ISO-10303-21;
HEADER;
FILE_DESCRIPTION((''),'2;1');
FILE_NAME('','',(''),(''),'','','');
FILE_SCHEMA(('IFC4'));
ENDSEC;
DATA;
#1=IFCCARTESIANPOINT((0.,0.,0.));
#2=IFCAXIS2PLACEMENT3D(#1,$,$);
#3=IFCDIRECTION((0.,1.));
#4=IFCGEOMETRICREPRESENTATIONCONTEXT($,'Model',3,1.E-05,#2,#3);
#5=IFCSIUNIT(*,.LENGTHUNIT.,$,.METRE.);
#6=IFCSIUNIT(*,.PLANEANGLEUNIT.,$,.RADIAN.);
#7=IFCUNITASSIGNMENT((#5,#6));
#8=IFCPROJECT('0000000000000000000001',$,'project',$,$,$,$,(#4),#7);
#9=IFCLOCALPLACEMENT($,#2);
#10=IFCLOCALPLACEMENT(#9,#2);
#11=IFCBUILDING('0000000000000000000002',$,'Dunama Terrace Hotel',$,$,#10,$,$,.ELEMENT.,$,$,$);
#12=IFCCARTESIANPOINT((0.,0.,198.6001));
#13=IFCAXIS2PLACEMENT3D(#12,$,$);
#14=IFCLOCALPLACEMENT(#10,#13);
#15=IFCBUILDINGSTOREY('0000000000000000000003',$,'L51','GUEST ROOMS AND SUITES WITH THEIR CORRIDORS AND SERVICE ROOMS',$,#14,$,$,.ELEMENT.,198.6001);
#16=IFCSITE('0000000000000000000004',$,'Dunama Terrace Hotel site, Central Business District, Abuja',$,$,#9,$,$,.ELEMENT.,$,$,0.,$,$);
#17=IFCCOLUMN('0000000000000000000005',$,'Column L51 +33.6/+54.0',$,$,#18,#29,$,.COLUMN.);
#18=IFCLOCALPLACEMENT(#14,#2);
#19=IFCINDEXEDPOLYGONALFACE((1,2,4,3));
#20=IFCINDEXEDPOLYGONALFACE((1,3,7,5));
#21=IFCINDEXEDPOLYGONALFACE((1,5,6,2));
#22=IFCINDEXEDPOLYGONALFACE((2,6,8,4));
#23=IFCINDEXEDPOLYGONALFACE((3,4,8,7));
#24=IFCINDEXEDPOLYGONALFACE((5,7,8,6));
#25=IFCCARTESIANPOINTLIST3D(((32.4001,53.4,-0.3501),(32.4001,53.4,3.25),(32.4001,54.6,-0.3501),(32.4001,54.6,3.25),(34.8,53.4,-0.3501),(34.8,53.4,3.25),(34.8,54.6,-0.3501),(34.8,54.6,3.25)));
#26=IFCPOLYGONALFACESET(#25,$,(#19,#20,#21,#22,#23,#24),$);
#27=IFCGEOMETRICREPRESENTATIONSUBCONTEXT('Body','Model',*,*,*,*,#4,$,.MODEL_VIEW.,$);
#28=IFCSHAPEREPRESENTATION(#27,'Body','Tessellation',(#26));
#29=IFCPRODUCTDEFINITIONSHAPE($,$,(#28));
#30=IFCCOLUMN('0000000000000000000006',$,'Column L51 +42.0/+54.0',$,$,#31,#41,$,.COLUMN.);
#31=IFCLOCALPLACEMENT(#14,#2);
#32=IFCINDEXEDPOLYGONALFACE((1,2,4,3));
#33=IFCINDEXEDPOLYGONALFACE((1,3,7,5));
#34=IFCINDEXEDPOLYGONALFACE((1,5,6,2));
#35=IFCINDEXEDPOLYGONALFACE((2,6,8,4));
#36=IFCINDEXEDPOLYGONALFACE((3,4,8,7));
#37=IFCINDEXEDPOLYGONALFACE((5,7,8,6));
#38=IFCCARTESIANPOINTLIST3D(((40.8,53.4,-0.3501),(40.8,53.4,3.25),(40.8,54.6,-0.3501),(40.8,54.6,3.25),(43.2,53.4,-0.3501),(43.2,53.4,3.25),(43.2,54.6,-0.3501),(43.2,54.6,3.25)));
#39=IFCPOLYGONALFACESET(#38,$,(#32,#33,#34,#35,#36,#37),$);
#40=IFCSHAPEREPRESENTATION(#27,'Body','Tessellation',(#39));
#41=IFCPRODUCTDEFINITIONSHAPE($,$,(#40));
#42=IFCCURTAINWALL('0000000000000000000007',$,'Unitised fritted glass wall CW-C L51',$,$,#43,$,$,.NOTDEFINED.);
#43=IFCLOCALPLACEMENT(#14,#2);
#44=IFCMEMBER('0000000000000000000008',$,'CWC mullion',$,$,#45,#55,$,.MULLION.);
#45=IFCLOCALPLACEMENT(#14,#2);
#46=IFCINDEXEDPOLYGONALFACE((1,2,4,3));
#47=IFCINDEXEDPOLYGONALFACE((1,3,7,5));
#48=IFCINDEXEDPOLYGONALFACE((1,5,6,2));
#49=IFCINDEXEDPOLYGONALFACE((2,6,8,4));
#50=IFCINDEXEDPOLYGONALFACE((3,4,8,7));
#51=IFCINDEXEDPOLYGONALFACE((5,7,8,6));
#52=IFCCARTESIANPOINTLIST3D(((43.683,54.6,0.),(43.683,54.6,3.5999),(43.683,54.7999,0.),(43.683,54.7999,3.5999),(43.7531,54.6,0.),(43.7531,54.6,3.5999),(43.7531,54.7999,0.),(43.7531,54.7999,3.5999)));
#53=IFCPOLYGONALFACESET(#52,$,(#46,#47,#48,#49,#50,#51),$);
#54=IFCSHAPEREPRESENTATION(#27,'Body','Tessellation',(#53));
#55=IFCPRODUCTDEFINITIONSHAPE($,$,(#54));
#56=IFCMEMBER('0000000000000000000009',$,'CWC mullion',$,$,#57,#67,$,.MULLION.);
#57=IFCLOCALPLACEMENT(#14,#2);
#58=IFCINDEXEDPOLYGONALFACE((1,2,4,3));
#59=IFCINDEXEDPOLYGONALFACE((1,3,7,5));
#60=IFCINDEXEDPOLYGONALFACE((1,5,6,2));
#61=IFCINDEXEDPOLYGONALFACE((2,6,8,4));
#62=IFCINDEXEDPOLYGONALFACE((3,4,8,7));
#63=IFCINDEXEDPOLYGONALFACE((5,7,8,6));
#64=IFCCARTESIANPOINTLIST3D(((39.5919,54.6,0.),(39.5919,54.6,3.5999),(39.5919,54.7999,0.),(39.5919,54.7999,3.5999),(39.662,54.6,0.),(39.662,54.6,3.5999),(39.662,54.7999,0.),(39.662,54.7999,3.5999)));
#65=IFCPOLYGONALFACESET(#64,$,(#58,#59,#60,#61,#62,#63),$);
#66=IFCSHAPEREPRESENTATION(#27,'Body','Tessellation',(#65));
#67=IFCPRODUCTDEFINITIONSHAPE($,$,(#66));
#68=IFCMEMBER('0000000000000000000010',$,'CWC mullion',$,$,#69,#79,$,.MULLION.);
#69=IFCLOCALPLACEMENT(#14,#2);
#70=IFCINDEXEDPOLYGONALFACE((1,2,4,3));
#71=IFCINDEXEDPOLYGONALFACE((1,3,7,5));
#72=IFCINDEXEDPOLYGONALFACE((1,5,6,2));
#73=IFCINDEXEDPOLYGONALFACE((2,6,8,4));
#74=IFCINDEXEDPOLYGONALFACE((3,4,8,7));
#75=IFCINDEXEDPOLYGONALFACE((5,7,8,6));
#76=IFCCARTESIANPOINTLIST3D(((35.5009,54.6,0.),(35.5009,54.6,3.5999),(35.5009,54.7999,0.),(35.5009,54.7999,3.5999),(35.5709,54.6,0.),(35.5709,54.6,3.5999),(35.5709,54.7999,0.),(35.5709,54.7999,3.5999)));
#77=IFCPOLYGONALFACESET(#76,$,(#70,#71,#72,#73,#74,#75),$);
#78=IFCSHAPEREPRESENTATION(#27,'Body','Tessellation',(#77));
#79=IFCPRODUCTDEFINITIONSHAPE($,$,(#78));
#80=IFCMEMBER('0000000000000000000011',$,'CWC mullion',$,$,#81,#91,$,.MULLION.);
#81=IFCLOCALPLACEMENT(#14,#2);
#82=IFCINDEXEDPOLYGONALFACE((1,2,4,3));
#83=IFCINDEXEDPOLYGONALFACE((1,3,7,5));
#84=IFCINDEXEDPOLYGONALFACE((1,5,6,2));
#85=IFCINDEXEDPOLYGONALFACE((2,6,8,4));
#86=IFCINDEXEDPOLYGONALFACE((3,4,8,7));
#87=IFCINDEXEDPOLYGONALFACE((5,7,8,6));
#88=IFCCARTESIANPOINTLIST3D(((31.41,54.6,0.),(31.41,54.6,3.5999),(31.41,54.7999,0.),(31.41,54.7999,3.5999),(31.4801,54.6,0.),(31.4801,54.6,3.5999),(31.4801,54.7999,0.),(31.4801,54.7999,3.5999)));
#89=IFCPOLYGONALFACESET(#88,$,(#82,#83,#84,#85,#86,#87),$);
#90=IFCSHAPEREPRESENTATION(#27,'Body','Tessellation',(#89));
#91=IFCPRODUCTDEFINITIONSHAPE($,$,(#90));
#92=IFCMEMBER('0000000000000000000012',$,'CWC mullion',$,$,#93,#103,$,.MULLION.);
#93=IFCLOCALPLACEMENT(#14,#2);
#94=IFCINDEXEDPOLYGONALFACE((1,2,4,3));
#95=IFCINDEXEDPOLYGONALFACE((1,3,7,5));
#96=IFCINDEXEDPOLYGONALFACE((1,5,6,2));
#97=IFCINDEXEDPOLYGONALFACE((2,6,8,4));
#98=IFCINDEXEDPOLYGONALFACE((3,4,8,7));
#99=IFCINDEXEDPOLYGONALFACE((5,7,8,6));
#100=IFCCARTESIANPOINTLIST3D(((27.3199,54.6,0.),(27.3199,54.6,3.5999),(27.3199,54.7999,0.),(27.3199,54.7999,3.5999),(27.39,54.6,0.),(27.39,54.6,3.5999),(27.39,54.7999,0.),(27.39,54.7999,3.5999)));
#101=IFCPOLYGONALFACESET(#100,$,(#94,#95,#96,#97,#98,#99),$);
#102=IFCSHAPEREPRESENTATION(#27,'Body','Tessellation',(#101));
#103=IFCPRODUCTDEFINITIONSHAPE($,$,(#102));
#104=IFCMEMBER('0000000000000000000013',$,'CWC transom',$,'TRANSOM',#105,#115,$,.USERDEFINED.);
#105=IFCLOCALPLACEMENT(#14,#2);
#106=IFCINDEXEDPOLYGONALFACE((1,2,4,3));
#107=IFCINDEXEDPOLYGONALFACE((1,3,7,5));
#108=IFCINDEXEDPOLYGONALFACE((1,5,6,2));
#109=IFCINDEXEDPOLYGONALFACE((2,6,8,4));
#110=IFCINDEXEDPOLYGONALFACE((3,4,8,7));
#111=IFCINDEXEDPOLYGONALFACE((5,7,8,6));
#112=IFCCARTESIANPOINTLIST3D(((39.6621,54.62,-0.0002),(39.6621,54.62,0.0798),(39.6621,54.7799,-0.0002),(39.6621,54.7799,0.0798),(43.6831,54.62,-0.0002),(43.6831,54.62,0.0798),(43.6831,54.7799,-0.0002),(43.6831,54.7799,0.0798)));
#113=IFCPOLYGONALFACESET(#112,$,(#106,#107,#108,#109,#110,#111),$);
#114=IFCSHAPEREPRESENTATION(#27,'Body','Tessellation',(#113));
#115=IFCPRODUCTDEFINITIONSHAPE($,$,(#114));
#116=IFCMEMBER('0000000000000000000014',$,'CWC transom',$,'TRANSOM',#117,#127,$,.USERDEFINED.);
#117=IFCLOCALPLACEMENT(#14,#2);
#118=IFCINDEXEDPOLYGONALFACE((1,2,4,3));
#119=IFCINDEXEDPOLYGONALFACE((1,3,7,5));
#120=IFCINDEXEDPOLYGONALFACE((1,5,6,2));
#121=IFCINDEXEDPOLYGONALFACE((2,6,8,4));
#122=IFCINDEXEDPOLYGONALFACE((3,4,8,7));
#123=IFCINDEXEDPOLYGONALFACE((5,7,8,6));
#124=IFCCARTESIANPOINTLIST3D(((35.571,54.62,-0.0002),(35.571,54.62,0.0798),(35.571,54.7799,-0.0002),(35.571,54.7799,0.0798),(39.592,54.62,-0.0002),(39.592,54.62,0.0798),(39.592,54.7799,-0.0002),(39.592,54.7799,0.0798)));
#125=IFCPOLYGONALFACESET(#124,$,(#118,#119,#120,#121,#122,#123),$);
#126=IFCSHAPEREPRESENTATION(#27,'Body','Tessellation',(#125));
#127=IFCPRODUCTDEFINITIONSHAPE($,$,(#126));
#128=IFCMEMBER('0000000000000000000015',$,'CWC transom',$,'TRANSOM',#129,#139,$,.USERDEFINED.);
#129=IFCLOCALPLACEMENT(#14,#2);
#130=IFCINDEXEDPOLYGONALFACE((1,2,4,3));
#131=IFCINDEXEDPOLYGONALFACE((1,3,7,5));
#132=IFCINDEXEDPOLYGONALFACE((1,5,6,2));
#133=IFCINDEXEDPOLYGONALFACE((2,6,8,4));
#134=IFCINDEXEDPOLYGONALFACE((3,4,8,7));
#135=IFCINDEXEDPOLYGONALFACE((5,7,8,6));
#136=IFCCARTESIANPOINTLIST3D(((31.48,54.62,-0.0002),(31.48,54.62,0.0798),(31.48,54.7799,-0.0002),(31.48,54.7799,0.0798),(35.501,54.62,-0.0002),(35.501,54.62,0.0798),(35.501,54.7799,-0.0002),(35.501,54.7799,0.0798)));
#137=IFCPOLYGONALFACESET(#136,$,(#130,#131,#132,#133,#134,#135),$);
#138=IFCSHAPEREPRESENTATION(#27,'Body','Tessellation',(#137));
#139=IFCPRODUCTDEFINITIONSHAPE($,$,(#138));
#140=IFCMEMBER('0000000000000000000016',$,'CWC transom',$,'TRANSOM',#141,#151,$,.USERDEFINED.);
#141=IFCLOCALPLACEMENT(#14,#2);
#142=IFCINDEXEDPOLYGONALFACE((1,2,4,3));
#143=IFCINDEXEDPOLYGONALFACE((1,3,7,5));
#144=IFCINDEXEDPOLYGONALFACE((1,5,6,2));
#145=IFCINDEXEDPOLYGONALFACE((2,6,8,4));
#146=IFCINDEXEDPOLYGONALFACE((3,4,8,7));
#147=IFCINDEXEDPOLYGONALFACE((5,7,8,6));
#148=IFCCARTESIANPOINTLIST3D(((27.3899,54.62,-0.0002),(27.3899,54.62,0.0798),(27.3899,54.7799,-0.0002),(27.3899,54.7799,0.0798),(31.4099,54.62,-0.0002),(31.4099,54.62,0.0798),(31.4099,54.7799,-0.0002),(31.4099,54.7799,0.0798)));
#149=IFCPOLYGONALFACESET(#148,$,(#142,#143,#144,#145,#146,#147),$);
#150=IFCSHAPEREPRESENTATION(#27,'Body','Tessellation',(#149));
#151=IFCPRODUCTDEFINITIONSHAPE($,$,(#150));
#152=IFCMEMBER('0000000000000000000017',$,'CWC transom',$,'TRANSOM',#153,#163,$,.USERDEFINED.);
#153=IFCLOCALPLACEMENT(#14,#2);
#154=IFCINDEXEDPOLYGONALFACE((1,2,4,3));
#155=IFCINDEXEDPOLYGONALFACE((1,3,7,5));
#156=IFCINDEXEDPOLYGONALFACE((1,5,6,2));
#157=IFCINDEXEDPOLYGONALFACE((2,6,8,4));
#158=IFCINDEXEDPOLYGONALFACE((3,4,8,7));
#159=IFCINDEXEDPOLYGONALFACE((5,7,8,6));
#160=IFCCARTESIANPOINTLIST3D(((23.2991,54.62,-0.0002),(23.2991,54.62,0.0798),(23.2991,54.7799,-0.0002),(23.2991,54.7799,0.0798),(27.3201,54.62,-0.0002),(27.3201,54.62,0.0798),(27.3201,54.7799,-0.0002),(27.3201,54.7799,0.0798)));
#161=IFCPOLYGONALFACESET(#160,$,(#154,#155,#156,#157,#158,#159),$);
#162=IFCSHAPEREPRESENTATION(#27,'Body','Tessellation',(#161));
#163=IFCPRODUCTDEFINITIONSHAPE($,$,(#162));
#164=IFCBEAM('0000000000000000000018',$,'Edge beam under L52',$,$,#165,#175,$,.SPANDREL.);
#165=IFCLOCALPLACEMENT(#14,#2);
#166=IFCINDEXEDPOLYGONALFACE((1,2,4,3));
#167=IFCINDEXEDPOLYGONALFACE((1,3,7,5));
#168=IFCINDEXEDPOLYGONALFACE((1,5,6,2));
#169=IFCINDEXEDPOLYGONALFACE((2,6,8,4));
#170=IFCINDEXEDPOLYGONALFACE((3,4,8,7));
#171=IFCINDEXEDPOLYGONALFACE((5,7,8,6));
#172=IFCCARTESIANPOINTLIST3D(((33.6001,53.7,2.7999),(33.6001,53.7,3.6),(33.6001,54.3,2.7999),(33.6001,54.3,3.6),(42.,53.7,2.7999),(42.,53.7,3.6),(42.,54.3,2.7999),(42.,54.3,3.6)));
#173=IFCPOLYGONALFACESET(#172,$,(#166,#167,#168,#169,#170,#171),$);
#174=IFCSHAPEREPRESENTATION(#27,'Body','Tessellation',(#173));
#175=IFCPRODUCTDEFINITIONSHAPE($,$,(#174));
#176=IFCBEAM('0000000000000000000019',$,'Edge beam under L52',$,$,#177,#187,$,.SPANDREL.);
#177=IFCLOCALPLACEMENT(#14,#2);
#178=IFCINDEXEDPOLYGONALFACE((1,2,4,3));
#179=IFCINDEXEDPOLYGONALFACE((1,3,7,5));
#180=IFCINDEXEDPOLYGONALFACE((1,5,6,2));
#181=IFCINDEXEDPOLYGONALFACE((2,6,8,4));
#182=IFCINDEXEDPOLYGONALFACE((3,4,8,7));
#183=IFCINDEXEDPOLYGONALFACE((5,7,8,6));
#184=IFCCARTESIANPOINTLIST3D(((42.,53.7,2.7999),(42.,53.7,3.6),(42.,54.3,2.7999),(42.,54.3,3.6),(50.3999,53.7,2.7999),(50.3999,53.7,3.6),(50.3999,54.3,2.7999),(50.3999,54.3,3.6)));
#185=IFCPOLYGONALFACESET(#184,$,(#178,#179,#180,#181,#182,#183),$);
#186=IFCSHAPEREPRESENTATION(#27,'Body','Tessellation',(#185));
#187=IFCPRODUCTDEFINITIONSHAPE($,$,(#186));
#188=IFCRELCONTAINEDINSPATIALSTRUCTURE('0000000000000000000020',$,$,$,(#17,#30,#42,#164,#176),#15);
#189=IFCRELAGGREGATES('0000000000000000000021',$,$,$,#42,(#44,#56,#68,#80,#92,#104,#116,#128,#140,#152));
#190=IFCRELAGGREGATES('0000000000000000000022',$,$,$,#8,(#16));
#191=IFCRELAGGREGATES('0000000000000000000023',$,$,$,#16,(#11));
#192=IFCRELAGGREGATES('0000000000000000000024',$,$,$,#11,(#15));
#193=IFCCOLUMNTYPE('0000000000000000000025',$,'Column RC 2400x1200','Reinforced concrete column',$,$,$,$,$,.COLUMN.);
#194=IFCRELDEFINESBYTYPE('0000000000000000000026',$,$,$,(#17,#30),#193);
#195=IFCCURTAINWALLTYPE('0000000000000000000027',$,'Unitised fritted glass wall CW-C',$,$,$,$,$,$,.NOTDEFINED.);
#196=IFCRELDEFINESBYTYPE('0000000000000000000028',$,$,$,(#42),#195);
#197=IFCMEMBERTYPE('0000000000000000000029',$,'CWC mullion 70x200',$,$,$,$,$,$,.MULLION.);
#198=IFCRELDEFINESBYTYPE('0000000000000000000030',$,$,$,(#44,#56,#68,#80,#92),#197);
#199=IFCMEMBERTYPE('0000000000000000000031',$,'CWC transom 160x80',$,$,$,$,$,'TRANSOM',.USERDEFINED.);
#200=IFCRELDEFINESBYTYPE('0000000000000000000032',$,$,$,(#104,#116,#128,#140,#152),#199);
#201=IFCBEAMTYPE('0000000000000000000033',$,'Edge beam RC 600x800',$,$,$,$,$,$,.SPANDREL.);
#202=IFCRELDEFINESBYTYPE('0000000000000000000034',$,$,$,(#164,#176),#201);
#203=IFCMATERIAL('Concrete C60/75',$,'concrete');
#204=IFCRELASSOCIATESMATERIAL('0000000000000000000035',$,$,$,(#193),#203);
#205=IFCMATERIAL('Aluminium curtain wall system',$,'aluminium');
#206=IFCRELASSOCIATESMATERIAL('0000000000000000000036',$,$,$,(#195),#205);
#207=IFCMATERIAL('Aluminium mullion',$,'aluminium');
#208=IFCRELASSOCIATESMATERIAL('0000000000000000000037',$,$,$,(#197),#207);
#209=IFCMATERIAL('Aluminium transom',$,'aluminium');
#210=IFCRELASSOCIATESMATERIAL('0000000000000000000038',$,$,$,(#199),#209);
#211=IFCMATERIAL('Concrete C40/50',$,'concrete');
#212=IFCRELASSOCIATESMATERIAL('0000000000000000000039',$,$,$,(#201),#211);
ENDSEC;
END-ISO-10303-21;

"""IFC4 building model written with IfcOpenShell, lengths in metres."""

from ifc_helpers import new_model, si_unit, direction, frame, origin, origin_2d, place, context, subcontext, project, spatial, rectangle, extrude, material, material_profile, profile_set, type_object, element, aggregate, save


model = new_model("IFC4")

# Units and contexts
model_context = context("Model", 3, precision=1e-05, world=origin(), true_north=direction((0.0, 1.0)))
body_context = subcontext(model_context, "Body", "Model", "MODEL_VIEW")
ifc_project = project(units=[si_unit("LENGTHUNIT", "METRE"), si_unit("PLANEANGLEUNIT", "RADIAN")], contexts=[model_context])

# Site, building, storey
site_placement = place(None, origin())
site = spatial("IfcSite", under=ifc_project, at=site_placement, Name="Dunama Terrace Hotel site, Central Business District, Abuja", CompositionType="ELEMENT", RefElevation=0.0)
building_placement = place(site_placement, origin())
building = spatial("IfcBuilding", under=site, at=building_placement, Name="Dunama Terrace Hotel", CompositionType="ELEMENT")
storey_placement = place(building_placement, frame((0.0, 0.0, 198.6001)))
storey = spatial("IfcBuildingStorey", under=building, at=storey_placement, Name="L51", Description="GUEST ROOMS AND SUITES WITH THEIR CORRIDORS AND SERVICE ROOMS", CompositionType="ELEMENT", Elevation=198.6001)

# Columns
ifc_material_1 = material(Name="Concrete C60/75", Category="concrete")
ifc_material_profile_1 = material_profile(ifc_material_1, rectangle(XDim=2.3999, YDim=1.2, at=origin_2d()), Name="RC 2400x1200")
ifc_profile_set_1 = profile_set([ifc_material_profile_1], Name="Concrete C60/75")
column_type = type_object("IfcColumnType", Name="Column RC 2400x1200", Description="Reinforced concrete column", PredefinedType="COLUMN", material=ifc_profile_set_1)
for number, where, z_axis, x_axis, name in (
    (1, (33.6001, 54.0, -0.3501), (0.0, 0.0, 1.0), (1.0, 0.0, 0.0), "Column L51 +33.6/+54.0"),
    (2, (42.0, 54.0, -0.3501), (0.0, 0.0, 1.0), (1.0, 0.0, 0.0), "Column L51 +42.0/+54.0"),
):
    element("IfcColumn", number, at=place(storey_placement, frame(where, z_axis=z_axis, x_axis=x_axis)), inside=storey, type_object=column_type, Name=name, PredefinedType="COLUMN", context=body_context, shape_type="SweptSolid", body=[
        extrude(rectangle(XDim=2.3999, YDim=1.2, at=origin_2d()), origin(), (0.0, 0.0, 1.0), 3.6001),
    ])

# Curtain wall, members
ifc_material_2 = material(Name="Aluminium curtain wall system", Category="aluminium")
curtain_wall_type = type_object("IfcCurtainWallType", Name="Unitised fritted glass wall CW-C", PredefinedType="NOTDEFINED", material=ifc_material_2)
curtain_wall_placement = place(storey_placement, origin())
curtain_wall = element("IfcCurtainWall", 3, at=curtain_wall_placement, inside=storey, type_object=curtain_wall_type, Name="Unitised fritted glass wall CW-C L51", PredefinedType="NOTDEFINED")
ifc_material_3 = material(Name="Aluminium mullion", Category="aluminium")
ifc_material_profile_2 = material_profile(ifc_material_3, rectangle(XDim=0.0701, YDim=0.2, at=origin_2d()), Name="CWC MULLION 70X200")
ifc_profile_set_2 = profile_set([ifc_material_profile_2], Name="Aluminium mullion")
member_type_1 = type_object("IfcMemberType", Name="CWC mullion 70x200", PredefinedType="MULLION", material=ifc_profile_set_2)
member_1_placement = place(storey_placement, frame((43.718, 54.7, 0.0), z_axis=(0.0, 0.0, 1.0), x_axis=(-1.0, 0.0, 0.0)))
member_1 = element("IfcMember", 4, at=member_1_placement, type_object=member_type_1, Name="CWC mullion", PredefinedType="MULLION", context=body_context, shape_type="SweptSolid", body=[
    extrude(rectangle(XDim=0.0701, YDim=0.2, at=origin_2d()), origin(), (0.0, 0.0, 1.0), 3.5999),
])
member_2_placement = place(storey_placement, frame((39.627, 54.7, 0.0), z_axis=(0.0, 0.0, 1.0), x_axis=(-1.0, 0.0, 0.0)))
member_2 = element("IfcMember", 5, at=member_2_placement, type_object=member_type_1, Name="CWC mullion", PredefinedType="MULLION", context=body_context, shape_type="SweptSolid", body=[
    extrude(rectangle(XDim=0.0701, YDim=0.2, at=origin_2d()), origin(), (0.0, 0.0, 1.0), 3.5999),
])
member_3_placement = place(storey_placement, frame((35.5359, 54.7, 0.0), z_axis=(0.0, 0.0, 1.0), x_axis=(-1.0, 0.0, 0.0)))
member_3 = element("IfcMember", 6, at=member_3_placement, type_object=member_type_1, Name="CWC mullion", PredefinedType="MULLION", context=body_context, shape_type="SweptSolid", body=[
    extrude(rectangle(XDim=0.0701, YDim=0.2, at=origin_2d()), origin(), (0.0, 0.0, 1.0), 3.5999),
])
member_4_placement = place(storey_placement, frame((31.4451, 54.7, 0.0), z_axis=(0.0, 0.0, 1.0), x_axis=(-1.0, 0.0, 0.0)))
member_4 = element("IfcMember", 7, at=member_4_placement, type_object=member_type_1, Name="CWC mullion", PredefinedType="MULLION", context=body_context, shape_type="SweptSolid", body=[
    extrude(rectangle(XDim=0.0701, YDim=0.2, at=origin_2d()), origin(), (0.0, 0.0, 1.0), 3.5999),
])
member_5_placement = place(storey_placement, frame((27.355, 54.7, 0.0), z_axis=(0.0, 0.0, 1.0), x_axis=(-1.0, 0.0, 0.0)))
member_5 = element("IfcMember", 8, at=member_5_placement, type_object=member_type_1, Name="CWC mullion", PredefinedType="MULLION", context=body_context, shape_type="SweptSolid", body=[
    extrude(rectangle(XDim=0.0701, YDim=0.2, at=origin_2d()), origin(), (0.0, 0.0, 1.0), 3.5999),
])
ifc_material_4 = material(Name="Aluminium transom", Category="aluminium")
ifc_material_profile_3 = material_profile(ifc_material_4, rectangle(XDim=0.1599, YDim=0.0801, at=origin_2d()), Name="CWC TRANSOM 160X80")
ifc_profile_set_3 = profile_set([ifc_material_profile_3], Name="Aluminium transom")
member_type_2 = type_object("IfcMemberType", Name="CWC transom 160x80", ElementType="TRANSOM", PredefinedType="USERDEFINED", material=ifc_profile_set_3)
member_6_placement = place(storey_placement, frame((43.6831, 54.7, 0.0398), z_axis=(-1.0, 0.0, 0.0), x_axis=(0.0, -1.0, 0.0)))
member_6 = element("IfcMember", 9, at=member_6_placement, type_object=member_type_2, Name="CWC transom", ObjectType="TRANSOM", PredefinedType="USERDEFINED", context=body_context, shape_type="SweptSolid", body=[
    extrude(rectangle(XDim=0.1599, YDim=0.0801, at=origin_2d()), origin(), (0.0, 0.0, 1.0), 4.021),
])
member_7_placement = place(storey_placement, frame((39.592, 54.7, 0.0398), z_axis=(-1.0, 0.0, 0.0), x_axis=(0.0, -1.0, 0.0)))
member_7 = element("IfcMember", 10, at=member_7_placement, type_object=member_type_2, Name="CWC transom", ObjectType="TRANSOM", PredefinedType="USERDEFINED", context=body_context, shape_type="SweptSolid", body=[
    extrude(rectangle(XDim=0.1599, YDim=0.0801, at=origin_2d()), origin(), (0.0, 0.0, 1.0), 4.021),
])
member_8_placement = place(storey_placement, frame((35.501, 54.7, 0.0398), z_axis=(-1.0, 0.0, 0.0), x_axis=(0.0, -1.0, 0.0)))
member_8 = element("IfcMember", 11, at=member_8_placement, type_object=member_type_2, Name="CWC transom", ObjectType="TRANSOM", PredefinedType="USERDEFINED", context=body_context, shape_type="SweptSolid", body=[
    extrude(rectangle(XDim=0.1599, YDim=0.0801, at=origin_2d()), origin(), (0.0, 0.0, 1.0), 4.021),
])
member_9_placement = place(storey_placement, frame((31.4099, 54.7, 0.0398), z_axis=(-1.0, 0.0, 0.0), x_axis=(0.0, -1.0, 0.0)))
member_9 = element("IfcMember", 12, at=member_9_placement, type_object=member_type_2, Name="CWC transom", ObjectType="TRANSOM", PredefinedType="USERDEFINED", context=body_context, shape_type="SweptSolid", body=[
    extrude(rectangle(XDim=0.1599, YDim=0.0801, at=origin_2d()), origin(), (0.0, 0.0, 1.0), 4.02),
])
member_10_placement = place(storey_placement, frame((27.3201, 54.7, 0.0398), z_axis=(-1.0, 0.0, 0.0), x_axis=(0.0, -1.0, 0.0)))
member_10 = element("IfcMember", 13, at=member_10_placement, type_object=member_type_2, Name="CWC transom", ObjectType="TRANSOM", PredefinedType="USERDEFINED", context=body_context, shape_type="SweptSolid", body=[
    extrude(rectangle(XDim=0.1599, YDim=0.0801, at=origin_2d()), origin(), (0.0, 0.0, 1.0), 4.021),
])

# Beams
ifc_material_5 = material(Name="Concrete C40/50", Category="concrete")
ifc_material_profile_4 = material_profile(ifc_material_5, rectangle(XDim=0.6001, YDim=0.8, at=origin_2d()), Name="RC 600x800")
ifc_profile_set_4 = profile_set([ifc_material_profile_4], Name="Concrete C40/50")
beam_type = type_object("IfcBeamType", Name="Edge beam RC 600x800", PredefinedType="SPANDREL", material=ifc_profile_set_4)
for number, where, z_axis, x_axis, name in (
    (14, (33.6001, 54.0, 3.2), (1.0, 0.0, 0.0), (0.0, 1.0, 0.0), "Edge beam under L52"),
    (15, (42.0, 54.0, 3.2), (1.0, 0.0, 0.0), (0.0, 1.0, 0.0), "Edge beam under L52"),
):
    element("IfcBeam", number, at=place(storey_placement, frame(where, z_axis=z_axis, x_axis=x_axis)), inside=storey, type_object=beam_type, Name=name, PredefinedType="SPANDREL", context=body_context, shape_type="SweptSolid", body=[
        extrude(rectangle(XDim=0.6001, YDim=0.8, at=origin_2d()), origin(), (0.0, 0.0, 1.0), 8.3999),
    ])

aggregate(curtain_wall, [member_1, member_2, member_3, member_4, member_5, member_6, member_7, member_8, member_9, member_10])

save(model, "model.ifc")
